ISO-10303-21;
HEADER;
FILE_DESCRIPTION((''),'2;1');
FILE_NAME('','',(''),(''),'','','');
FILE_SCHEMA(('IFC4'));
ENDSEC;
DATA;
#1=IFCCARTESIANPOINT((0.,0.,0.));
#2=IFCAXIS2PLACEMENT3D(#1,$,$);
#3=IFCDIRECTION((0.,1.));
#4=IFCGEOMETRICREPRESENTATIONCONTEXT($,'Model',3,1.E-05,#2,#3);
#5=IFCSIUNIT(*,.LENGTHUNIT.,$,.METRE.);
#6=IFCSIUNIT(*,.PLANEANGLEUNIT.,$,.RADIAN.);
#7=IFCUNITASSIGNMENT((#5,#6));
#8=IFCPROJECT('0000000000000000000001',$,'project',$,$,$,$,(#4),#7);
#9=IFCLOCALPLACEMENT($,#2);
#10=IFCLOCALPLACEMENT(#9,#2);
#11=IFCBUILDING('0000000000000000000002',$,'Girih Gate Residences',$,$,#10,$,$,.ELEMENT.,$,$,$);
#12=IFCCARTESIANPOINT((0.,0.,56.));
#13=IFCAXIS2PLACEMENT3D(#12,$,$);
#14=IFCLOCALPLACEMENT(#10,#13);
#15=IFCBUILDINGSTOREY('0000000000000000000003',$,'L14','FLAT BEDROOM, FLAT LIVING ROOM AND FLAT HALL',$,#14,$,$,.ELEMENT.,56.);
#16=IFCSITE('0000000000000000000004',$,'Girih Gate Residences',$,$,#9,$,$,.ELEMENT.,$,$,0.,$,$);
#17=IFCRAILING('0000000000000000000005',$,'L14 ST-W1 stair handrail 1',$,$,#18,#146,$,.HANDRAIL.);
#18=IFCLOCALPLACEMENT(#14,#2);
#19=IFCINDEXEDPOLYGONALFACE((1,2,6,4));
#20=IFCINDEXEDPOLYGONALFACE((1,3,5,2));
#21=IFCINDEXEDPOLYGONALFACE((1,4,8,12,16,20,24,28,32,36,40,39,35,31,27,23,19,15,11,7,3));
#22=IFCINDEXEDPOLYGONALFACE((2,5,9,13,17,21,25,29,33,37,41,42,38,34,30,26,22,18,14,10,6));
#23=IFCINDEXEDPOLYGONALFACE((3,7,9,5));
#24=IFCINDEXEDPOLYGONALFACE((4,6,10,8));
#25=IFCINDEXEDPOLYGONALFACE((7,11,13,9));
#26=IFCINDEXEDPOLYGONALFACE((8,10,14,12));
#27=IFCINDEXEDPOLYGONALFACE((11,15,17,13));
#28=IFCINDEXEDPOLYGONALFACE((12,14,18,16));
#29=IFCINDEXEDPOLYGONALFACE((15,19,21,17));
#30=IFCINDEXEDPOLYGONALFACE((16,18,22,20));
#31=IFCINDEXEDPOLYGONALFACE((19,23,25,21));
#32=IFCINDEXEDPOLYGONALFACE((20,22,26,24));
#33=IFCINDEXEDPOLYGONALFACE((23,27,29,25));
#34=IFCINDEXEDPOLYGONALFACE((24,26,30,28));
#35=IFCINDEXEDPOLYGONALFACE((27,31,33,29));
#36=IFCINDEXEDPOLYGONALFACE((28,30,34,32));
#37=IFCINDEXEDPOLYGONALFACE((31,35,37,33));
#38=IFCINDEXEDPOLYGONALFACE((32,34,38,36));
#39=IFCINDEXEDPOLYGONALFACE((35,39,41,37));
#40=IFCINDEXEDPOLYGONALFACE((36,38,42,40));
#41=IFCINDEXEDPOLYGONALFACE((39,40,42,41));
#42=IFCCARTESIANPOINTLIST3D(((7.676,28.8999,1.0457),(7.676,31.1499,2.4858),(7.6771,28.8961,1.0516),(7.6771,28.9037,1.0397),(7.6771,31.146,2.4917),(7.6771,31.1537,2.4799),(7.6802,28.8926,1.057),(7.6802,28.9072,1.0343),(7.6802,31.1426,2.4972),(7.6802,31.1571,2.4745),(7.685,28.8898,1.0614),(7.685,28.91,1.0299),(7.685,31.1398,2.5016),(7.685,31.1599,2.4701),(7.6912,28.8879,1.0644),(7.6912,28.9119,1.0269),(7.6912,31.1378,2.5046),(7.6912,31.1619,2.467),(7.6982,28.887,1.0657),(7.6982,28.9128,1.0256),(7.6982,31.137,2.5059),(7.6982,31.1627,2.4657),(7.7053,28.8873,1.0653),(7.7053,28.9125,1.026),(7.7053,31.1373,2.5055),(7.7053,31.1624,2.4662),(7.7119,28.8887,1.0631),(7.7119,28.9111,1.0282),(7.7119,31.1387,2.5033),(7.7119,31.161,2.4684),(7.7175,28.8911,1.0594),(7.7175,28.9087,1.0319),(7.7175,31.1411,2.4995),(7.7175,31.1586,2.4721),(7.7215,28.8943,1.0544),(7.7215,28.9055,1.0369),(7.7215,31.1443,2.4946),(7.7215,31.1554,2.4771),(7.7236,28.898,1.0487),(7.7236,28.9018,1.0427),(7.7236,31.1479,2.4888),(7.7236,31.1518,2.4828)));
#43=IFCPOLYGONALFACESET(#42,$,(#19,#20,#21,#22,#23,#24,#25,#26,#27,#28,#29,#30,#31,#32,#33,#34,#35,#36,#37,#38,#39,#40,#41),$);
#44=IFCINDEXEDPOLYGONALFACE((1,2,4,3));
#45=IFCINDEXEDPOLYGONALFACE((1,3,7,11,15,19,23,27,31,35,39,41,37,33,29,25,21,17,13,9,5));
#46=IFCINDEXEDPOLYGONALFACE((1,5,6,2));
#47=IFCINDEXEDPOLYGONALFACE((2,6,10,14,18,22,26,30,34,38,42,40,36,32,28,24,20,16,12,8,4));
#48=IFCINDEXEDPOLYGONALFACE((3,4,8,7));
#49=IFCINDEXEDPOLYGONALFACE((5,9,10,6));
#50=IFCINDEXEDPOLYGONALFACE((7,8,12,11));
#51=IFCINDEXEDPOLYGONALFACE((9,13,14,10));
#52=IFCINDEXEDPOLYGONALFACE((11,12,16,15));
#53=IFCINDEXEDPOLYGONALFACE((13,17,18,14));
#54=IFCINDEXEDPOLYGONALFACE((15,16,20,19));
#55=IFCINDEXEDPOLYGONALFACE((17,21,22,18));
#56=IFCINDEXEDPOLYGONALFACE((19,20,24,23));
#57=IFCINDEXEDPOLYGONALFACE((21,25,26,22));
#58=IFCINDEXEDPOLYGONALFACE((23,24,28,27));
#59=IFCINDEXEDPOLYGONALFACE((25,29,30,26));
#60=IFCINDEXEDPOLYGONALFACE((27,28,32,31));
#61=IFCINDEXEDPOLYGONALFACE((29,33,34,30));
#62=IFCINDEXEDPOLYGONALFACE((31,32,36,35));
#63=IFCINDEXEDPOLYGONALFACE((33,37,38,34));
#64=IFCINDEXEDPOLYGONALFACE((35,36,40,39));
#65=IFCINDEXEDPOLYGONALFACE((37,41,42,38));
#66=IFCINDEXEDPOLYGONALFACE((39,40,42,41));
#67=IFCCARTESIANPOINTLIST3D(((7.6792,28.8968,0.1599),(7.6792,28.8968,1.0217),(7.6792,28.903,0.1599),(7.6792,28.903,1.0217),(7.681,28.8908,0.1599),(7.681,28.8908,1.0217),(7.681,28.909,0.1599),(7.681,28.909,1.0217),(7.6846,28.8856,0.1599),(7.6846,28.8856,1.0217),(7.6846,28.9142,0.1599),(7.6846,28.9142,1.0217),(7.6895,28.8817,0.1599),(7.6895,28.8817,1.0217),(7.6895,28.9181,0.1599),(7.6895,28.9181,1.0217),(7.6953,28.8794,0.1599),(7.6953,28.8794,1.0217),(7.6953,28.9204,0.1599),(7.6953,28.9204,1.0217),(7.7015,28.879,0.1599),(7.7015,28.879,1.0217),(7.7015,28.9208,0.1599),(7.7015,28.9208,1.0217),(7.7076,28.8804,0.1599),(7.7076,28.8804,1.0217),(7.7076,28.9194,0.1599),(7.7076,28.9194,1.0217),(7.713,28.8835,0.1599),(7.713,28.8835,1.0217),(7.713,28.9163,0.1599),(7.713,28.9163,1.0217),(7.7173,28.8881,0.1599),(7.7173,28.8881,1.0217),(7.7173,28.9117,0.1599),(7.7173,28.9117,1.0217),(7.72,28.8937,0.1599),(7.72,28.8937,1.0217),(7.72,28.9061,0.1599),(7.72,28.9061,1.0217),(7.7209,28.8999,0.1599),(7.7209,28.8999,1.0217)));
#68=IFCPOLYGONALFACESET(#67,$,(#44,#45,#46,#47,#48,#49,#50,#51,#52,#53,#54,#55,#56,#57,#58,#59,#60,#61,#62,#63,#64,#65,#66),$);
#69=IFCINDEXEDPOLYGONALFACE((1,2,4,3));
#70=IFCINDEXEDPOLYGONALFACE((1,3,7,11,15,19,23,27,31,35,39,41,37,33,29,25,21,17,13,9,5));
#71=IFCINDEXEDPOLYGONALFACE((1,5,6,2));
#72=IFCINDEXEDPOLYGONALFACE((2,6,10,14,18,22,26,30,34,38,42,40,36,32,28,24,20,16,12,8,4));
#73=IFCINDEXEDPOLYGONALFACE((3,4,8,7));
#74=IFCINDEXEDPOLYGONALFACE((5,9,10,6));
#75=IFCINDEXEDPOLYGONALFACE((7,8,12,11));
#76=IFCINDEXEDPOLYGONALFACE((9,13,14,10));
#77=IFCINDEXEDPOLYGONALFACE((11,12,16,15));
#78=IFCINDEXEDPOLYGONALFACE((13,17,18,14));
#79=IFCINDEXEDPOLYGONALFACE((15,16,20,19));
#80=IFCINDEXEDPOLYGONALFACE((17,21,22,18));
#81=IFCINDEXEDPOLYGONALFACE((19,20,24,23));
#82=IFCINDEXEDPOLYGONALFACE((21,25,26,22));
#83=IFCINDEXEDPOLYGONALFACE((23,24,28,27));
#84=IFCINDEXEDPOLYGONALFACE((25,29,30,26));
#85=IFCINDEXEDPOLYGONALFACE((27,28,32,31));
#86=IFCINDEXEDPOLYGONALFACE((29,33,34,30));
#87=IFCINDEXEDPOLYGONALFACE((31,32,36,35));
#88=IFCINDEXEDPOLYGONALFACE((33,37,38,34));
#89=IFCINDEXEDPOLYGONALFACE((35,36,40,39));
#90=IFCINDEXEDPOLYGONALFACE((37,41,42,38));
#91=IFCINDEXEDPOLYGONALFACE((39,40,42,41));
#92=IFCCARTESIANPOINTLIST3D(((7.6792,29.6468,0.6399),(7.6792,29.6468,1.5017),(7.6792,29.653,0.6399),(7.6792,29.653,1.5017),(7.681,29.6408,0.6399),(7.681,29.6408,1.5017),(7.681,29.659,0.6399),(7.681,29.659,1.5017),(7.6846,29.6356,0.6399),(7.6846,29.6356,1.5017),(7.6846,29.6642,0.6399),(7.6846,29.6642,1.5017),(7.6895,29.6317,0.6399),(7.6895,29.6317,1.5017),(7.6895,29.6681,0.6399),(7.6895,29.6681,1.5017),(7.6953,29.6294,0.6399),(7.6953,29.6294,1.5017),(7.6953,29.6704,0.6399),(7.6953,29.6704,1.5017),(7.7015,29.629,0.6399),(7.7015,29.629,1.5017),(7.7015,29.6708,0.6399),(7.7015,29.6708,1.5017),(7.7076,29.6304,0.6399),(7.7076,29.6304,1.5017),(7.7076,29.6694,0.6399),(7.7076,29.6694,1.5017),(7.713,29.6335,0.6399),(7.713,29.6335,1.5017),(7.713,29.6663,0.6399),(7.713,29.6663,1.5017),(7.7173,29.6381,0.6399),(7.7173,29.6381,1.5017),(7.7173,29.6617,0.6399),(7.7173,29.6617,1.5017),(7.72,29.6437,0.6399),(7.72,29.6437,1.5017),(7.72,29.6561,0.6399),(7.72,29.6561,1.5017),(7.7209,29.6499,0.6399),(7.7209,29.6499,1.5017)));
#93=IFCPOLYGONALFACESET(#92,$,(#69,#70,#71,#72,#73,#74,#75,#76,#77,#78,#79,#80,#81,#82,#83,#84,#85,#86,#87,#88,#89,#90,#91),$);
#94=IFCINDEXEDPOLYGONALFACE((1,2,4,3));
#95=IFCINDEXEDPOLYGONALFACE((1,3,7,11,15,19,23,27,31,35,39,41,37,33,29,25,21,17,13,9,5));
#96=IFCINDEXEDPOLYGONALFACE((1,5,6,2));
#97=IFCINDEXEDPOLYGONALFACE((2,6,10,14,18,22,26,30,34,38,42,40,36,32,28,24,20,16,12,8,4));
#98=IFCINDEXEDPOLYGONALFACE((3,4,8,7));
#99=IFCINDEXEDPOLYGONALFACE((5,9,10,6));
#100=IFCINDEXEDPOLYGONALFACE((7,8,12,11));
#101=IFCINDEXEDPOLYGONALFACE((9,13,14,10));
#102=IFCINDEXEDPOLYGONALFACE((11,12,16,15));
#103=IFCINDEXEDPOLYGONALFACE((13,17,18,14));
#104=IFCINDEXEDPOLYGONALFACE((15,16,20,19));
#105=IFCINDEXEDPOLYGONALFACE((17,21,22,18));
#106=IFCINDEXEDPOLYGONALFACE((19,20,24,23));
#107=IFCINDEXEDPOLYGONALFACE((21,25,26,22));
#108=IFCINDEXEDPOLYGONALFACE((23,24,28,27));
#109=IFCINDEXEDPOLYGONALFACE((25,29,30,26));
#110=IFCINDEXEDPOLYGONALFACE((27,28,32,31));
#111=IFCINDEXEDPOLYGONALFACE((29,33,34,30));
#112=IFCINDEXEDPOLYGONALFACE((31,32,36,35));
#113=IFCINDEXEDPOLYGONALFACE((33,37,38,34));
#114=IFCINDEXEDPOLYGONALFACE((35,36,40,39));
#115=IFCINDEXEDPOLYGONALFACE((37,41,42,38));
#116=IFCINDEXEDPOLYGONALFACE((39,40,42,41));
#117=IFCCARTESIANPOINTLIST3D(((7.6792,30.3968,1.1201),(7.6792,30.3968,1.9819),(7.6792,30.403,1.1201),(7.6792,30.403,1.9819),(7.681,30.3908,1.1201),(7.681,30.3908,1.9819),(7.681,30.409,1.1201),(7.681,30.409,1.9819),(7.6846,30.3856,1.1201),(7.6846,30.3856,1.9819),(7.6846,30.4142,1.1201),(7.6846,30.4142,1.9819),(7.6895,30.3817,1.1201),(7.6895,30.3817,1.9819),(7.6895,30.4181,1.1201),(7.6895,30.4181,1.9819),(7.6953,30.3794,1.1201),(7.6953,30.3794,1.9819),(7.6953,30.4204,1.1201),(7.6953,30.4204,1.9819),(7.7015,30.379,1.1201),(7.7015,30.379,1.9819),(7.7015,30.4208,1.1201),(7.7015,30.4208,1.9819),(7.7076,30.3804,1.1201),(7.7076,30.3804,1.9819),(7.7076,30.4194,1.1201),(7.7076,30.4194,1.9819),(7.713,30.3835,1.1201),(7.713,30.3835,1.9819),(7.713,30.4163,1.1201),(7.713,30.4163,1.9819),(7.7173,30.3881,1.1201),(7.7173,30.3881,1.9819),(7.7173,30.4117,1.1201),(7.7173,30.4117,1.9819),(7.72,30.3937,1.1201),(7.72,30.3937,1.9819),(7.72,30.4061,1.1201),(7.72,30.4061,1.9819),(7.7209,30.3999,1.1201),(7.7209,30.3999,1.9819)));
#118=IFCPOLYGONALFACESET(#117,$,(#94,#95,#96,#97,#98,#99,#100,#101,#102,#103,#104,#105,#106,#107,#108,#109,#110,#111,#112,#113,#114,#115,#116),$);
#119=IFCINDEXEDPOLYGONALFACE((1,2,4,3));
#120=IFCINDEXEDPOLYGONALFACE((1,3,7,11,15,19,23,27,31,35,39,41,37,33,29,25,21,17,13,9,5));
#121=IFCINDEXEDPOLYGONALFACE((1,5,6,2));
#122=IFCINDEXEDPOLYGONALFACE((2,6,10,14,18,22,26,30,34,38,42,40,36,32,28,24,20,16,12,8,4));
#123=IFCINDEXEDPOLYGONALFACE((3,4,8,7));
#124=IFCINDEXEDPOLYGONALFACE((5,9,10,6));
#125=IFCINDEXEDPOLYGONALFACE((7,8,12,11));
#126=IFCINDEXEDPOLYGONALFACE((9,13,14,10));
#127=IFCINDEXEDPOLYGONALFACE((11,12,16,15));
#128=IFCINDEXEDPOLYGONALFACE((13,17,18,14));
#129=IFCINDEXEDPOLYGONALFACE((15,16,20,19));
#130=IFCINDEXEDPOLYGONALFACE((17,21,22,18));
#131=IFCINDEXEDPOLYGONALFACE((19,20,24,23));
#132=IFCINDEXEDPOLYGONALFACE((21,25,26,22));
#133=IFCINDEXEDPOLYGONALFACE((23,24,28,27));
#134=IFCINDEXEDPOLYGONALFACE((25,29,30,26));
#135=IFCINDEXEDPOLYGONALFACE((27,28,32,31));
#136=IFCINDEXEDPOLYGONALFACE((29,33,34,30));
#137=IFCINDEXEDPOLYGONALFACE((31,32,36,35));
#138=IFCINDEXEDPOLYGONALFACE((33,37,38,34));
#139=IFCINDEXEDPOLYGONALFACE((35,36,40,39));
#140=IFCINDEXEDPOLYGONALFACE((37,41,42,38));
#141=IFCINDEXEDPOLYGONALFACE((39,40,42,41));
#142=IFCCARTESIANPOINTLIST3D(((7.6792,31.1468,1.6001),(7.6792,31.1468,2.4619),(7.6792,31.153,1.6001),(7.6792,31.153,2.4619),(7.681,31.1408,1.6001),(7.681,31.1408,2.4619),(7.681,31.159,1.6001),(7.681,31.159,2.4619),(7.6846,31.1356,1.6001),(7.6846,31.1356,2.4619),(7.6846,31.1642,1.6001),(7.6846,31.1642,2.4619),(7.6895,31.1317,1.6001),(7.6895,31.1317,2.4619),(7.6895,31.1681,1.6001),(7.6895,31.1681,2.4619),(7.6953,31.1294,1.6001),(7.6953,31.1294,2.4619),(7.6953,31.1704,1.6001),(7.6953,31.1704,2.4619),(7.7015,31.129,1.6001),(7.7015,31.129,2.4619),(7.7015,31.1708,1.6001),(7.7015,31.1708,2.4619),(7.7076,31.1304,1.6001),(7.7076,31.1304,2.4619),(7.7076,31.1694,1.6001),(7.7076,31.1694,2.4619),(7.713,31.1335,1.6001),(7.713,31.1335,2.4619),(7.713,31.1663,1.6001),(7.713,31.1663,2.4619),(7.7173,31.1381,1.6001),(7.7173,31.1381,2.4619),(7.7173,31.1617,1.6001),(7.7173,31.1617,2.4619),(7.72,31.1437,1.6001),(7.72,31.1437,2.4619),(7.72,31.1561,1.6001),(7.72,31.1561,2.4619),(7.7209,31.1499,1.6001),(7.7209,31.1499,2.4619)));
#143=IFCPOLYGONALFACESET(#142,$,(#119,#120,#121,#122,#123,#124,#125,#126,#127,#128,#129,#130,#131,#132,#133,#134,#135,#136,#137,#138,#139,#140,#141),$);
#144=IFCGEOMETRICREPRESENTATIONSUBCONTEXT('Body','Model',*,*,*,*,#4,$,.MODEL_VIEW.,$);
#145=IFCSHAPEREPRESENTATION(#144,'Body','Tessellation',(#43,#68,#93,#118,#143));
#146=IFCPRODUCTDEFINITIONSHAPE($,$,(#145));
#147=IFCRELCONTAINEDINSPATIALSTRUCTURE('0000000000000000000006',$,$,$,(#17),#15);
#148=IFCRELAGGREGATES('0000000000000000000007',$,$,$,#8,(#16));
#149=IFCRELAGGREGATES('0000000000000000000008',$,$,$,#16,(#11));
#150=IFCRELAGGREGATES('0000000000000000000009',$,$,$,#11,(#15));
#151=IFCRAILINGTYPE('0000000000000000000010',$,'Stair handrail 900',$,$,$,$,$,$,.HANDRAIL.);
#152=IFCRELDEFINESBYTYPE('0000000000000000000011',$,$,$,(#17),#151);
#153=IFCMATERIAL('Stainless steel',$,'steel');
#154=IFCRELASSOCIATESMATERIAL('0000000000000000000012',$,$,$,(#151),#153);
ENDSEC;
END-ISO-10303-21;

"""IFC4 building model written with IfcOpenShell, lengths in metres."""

from ifc_helpers import new_model, si_unit, direction, frame, origin, origin_2d, place, context, subcontext, project, spatial, circle, extrude, material, type_object, element, save


model = new_model("IFC4")

# Units and contexts
model_context = context("Model", 3, precision=1e-05, world=origin(), true_north=direction((0.0, 1.0)))
body_context = subcontext(model_context, "Body", "Model", "MODEL_VIEW")
ifc_project = project(units=[si_unit("LENGTHUNIT", "METRE"), si_unit("PLANEANGLEUNIT", "RADIAN")], contexts=[model_context])

# Site, building, storey
site_placement = place(None, origin())
site = spatial("IfcSite", under=ifc_project, at=site_placement, Name="Girih Gate Residences", CompositionType="ELEMENT", RefElevation=0.0)
building_placement = place(site_placement, origin())
building = spatial("IfcBuilding", under=site, at=building_placement, Name="Girih Gate Residences", CompositionType="ELEMENT")
storey_placement = place(building_placement, frame((0.0, 0.0, 56.0)))
storey = spatial("IfcBuildingStorey", under=building, at=storey_placement, Name="L14", Description="FLAT BEDROOM, FLAT LIVING ROOM AND FLAT HALL", CompositionType="ELEMENT", Elevation=56.0)

# Railing
ifc_material_1 = material(Name="Stainless steel", Category="steel")
railing_type_1 = type_object("IfcRailingType", Name="Stair handrail 900", PredefinedType="HANDRAIL", material=ifc_material_1)
railing_1_placement = place(storey_placement, frame((7.7, 28.8999, 0.1599)))
element("IfcRailing", 1, at=railing_1_placement, inside=storey, type_object=railing_type_1, Name="L14 ST-W1 stair handrail 1", PredefinedType="HANDRAIL", context=body_context, shape_type="SweptSolid", body=[
    extrude(circle(Radius=0.0239, at=origin_2d()), frame((0.0, 0.0, 0.8857), z_axis=(0.0, 0.84224, 0.539103), x_axis=(-1.0, 0.0, 0.0)), (0.0, 0.0, 1.0), 2.6714),
    extrude(circle(Radius=0.021, at=origin_2d()), origin(), (0.0, 0.0, 1.0), 0.8618),
    extrude(circle(Radius=0.021, at=origin_2d()), frame((0.0, 0.75, 0.48)), (0.0, 0.0, 1.0), 0.8618),
    extrude(circle(Radius=0.021, at=origin_2d()), frame((0.0, 1.5, 0.9602)), (0.0, 0.0, 1.0), 0.8618),
    extrude(circle(Radius=0.021, at=origin_2d()), frame((0.0, 2.25, 1.4402)), (0.0, 0.0, 1.0), 0.8618),
])

save(model, "model.ifc")
